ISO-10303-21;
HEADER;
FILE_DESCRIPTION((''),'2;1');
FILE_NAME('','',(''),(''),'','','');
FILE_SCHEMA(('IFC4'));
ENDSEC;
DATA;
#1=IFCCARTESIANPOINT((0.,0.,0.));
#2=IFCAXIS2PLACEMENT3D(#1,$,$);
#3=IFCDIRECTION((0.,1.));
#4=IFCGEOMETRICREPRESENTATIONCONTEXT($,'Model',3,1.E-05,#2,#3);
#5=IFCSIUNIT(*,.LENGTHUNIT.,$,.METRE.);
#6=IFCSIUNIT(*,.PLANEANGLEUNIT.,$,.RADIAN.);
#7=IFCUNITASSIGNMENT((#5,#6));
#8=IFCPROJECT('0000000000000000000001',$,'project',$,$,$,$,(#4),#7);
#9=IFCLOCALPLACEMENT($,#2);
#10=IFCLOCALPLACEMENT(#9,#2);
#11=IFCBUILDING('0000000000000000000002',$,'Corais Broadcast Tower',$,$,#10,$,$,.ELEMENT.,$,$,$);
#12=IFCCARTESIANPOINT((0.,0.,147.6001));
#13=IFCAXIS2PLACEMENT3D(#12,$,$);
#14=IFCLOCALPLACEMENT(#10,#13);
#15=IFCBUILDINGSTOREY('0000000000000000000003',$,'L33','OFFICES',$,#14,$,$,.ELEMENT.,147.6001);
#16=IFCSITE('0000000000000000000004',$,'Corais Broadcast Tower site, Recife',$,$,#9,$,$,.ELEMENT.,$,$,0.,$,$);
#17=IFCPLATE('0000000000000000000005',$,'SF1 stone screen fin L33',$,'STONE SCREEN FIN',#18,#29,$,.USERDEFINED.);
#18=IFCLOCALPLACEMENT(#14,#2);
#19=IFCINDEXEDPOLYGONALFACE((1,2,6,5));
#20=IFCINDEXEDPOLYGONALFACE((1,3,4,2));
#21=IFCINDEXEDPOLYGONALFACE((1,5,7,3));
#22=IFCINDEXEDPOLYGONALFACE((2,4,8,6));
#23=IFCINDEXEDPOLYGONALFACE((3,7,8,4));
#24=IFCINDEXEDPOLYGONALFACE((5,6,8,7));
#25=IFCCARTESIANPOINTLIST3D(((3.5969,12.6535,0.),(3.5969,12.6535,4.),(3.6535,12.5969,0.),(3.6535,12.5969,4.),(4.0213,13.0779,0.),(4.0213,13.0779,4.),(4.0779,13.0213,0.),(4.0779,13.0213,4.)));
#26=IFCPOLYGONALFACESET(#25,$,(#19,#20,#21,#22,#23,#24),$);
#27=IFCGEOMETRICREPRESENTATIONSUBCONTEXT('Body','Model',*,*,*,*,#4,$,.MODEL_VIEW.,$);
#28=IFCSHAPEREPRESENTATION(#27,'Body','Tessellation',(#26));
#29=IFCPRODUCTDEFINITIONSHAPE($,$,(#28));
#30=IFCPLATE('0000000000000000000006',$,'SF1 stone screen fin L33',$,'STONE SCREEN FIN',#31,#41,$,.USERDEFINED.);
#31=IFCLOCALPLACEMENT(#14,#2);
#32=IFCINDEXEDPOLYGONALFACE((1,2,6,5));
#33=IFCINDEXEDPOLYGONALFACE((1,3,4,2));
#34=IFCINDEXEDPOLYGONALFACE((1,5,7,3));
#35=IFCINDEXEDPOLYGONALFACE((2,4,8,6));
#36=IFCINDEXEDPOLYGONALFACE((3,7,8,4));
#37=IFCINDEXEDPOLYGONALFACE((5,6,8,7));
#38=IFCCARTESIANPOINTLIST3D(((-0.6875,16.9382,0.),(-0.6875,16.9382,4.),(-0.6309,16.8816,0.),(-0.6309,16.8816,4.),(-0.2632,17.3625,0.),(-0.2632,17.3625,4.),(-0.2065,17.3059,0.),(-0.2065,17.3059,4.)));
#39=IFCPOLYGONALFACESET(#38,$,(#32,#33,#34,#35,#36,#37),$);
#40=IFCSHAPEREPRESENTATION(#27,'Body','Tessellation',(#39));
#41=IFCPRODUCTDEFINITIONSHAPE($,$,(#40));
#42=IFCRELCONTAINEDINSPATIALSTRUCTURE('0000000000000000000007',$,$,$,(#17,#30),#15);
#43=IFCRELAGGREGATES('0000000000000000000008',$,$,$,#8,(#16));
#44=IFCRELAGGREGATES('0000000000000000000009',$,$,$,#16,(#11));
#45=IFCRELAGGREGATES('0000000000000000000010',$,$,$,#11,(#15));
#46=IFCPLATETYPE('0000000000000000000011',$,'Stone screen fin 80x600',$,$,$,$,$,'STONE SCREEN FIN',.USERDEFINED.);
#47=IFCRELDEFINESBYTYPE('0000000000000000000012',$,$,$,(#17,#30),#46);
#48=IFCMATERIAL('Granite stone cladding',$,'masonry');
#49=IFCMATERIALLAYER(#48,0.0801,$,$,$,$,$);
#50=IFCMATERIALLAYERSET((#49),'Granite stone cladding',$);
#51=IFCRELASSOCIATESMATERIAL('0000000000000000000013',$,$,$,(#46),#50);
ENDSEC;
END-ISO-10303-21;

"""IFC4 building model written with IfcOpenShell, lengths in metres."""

from ifc_helpers import new_model, si_unit, direction, frame, origin, origin_2d, place, context, subcontext, project, spatial, rectangle, extrude, material, layer, layer_set, type_object, element, save


model = new_model("IFC4")

# Units and contexts
model_context = context("Model", 3, precision=1e-05, world=origin(), true_north=direction((0.0, 1.0)))
body_context = subcontext(model_context, "Body", "Model", "MODEL_VIEW")
ifc_project = project(units=[si_unit("LENGTHUNIT", "METRE"), si_unit("PLANEANGLEUNIT", "RADIAN")], contexts=[model_context])

# Site, building, storey
site_placement = place(None, origin())
site = spatial("IfcSite", under=ifc_project, at=site_placement, Name="Corais Broadcast Tower site, Recife", CompositionType="ELEMENT", RefElevation=0.0)
building_placement = place(site_placement, origin())
building = spatial("IfcBuilding", under=site, at=building_placement, Name="Corais Broadcast Tower", CompositionType="ELEMENT")
storey_placement = place(building_placement, frame((0.0, 0.0, 147.6001)))
storey = spatial("IfcBuildingStorey", under=building, at=storey_placement, Name="L33", Description="OFFICES", CompositionType="ELEMENT", Elevation=147.6001)

# Plates
ifc_material_1 = material(Name="Granite stone cladding", Category="masonry")
ifc_layer_1 = layer(ifc_material_1, 0.0801)
ifc_layer_set_1 = layer_set([ifc_layer_1], Name="Granite stone cladding")
plate_type_1 = type_object("IfcPlateType", Name="Stone screen fin 80x600", ElementType="STONE SCREEN FIN", PredefinedType="USERDEFINED", material=ifc_layer_set_1)
for number, where, z_axis, x_axis, name in (
    (1, (3.8374, 12.8374, 0.0), (0.0, 0.0, 1.0), (-0.707107, 0.707107, 0.0), "SF1 stone screen fin L33"),
    (2, (-0.447, 17.1221, 0.0), (0.0, 0.0, 1.0), (-0.707107, 0.707107, 0.0), "SF1 stone screen fin L33"),
):
    element("IfcPlate", number, at=place(storey_placement, frame(where, z_axis=z_axis, x_axis=x_axis)), inside=storey, type_object=plate_type_1, Name=name, ObjectType="STONE SCREEN FIN", PredefinedType="USERDEFINED", context=body_context, shape_type="SweptSolid", body=[
        extrude(rectangle(XDim=0.0801, YDim=0.6001, at=origin_2d()), origin(), (0.0, 0.0, 1.0), 4.0),
    ])

save(model, "model.ifc")
